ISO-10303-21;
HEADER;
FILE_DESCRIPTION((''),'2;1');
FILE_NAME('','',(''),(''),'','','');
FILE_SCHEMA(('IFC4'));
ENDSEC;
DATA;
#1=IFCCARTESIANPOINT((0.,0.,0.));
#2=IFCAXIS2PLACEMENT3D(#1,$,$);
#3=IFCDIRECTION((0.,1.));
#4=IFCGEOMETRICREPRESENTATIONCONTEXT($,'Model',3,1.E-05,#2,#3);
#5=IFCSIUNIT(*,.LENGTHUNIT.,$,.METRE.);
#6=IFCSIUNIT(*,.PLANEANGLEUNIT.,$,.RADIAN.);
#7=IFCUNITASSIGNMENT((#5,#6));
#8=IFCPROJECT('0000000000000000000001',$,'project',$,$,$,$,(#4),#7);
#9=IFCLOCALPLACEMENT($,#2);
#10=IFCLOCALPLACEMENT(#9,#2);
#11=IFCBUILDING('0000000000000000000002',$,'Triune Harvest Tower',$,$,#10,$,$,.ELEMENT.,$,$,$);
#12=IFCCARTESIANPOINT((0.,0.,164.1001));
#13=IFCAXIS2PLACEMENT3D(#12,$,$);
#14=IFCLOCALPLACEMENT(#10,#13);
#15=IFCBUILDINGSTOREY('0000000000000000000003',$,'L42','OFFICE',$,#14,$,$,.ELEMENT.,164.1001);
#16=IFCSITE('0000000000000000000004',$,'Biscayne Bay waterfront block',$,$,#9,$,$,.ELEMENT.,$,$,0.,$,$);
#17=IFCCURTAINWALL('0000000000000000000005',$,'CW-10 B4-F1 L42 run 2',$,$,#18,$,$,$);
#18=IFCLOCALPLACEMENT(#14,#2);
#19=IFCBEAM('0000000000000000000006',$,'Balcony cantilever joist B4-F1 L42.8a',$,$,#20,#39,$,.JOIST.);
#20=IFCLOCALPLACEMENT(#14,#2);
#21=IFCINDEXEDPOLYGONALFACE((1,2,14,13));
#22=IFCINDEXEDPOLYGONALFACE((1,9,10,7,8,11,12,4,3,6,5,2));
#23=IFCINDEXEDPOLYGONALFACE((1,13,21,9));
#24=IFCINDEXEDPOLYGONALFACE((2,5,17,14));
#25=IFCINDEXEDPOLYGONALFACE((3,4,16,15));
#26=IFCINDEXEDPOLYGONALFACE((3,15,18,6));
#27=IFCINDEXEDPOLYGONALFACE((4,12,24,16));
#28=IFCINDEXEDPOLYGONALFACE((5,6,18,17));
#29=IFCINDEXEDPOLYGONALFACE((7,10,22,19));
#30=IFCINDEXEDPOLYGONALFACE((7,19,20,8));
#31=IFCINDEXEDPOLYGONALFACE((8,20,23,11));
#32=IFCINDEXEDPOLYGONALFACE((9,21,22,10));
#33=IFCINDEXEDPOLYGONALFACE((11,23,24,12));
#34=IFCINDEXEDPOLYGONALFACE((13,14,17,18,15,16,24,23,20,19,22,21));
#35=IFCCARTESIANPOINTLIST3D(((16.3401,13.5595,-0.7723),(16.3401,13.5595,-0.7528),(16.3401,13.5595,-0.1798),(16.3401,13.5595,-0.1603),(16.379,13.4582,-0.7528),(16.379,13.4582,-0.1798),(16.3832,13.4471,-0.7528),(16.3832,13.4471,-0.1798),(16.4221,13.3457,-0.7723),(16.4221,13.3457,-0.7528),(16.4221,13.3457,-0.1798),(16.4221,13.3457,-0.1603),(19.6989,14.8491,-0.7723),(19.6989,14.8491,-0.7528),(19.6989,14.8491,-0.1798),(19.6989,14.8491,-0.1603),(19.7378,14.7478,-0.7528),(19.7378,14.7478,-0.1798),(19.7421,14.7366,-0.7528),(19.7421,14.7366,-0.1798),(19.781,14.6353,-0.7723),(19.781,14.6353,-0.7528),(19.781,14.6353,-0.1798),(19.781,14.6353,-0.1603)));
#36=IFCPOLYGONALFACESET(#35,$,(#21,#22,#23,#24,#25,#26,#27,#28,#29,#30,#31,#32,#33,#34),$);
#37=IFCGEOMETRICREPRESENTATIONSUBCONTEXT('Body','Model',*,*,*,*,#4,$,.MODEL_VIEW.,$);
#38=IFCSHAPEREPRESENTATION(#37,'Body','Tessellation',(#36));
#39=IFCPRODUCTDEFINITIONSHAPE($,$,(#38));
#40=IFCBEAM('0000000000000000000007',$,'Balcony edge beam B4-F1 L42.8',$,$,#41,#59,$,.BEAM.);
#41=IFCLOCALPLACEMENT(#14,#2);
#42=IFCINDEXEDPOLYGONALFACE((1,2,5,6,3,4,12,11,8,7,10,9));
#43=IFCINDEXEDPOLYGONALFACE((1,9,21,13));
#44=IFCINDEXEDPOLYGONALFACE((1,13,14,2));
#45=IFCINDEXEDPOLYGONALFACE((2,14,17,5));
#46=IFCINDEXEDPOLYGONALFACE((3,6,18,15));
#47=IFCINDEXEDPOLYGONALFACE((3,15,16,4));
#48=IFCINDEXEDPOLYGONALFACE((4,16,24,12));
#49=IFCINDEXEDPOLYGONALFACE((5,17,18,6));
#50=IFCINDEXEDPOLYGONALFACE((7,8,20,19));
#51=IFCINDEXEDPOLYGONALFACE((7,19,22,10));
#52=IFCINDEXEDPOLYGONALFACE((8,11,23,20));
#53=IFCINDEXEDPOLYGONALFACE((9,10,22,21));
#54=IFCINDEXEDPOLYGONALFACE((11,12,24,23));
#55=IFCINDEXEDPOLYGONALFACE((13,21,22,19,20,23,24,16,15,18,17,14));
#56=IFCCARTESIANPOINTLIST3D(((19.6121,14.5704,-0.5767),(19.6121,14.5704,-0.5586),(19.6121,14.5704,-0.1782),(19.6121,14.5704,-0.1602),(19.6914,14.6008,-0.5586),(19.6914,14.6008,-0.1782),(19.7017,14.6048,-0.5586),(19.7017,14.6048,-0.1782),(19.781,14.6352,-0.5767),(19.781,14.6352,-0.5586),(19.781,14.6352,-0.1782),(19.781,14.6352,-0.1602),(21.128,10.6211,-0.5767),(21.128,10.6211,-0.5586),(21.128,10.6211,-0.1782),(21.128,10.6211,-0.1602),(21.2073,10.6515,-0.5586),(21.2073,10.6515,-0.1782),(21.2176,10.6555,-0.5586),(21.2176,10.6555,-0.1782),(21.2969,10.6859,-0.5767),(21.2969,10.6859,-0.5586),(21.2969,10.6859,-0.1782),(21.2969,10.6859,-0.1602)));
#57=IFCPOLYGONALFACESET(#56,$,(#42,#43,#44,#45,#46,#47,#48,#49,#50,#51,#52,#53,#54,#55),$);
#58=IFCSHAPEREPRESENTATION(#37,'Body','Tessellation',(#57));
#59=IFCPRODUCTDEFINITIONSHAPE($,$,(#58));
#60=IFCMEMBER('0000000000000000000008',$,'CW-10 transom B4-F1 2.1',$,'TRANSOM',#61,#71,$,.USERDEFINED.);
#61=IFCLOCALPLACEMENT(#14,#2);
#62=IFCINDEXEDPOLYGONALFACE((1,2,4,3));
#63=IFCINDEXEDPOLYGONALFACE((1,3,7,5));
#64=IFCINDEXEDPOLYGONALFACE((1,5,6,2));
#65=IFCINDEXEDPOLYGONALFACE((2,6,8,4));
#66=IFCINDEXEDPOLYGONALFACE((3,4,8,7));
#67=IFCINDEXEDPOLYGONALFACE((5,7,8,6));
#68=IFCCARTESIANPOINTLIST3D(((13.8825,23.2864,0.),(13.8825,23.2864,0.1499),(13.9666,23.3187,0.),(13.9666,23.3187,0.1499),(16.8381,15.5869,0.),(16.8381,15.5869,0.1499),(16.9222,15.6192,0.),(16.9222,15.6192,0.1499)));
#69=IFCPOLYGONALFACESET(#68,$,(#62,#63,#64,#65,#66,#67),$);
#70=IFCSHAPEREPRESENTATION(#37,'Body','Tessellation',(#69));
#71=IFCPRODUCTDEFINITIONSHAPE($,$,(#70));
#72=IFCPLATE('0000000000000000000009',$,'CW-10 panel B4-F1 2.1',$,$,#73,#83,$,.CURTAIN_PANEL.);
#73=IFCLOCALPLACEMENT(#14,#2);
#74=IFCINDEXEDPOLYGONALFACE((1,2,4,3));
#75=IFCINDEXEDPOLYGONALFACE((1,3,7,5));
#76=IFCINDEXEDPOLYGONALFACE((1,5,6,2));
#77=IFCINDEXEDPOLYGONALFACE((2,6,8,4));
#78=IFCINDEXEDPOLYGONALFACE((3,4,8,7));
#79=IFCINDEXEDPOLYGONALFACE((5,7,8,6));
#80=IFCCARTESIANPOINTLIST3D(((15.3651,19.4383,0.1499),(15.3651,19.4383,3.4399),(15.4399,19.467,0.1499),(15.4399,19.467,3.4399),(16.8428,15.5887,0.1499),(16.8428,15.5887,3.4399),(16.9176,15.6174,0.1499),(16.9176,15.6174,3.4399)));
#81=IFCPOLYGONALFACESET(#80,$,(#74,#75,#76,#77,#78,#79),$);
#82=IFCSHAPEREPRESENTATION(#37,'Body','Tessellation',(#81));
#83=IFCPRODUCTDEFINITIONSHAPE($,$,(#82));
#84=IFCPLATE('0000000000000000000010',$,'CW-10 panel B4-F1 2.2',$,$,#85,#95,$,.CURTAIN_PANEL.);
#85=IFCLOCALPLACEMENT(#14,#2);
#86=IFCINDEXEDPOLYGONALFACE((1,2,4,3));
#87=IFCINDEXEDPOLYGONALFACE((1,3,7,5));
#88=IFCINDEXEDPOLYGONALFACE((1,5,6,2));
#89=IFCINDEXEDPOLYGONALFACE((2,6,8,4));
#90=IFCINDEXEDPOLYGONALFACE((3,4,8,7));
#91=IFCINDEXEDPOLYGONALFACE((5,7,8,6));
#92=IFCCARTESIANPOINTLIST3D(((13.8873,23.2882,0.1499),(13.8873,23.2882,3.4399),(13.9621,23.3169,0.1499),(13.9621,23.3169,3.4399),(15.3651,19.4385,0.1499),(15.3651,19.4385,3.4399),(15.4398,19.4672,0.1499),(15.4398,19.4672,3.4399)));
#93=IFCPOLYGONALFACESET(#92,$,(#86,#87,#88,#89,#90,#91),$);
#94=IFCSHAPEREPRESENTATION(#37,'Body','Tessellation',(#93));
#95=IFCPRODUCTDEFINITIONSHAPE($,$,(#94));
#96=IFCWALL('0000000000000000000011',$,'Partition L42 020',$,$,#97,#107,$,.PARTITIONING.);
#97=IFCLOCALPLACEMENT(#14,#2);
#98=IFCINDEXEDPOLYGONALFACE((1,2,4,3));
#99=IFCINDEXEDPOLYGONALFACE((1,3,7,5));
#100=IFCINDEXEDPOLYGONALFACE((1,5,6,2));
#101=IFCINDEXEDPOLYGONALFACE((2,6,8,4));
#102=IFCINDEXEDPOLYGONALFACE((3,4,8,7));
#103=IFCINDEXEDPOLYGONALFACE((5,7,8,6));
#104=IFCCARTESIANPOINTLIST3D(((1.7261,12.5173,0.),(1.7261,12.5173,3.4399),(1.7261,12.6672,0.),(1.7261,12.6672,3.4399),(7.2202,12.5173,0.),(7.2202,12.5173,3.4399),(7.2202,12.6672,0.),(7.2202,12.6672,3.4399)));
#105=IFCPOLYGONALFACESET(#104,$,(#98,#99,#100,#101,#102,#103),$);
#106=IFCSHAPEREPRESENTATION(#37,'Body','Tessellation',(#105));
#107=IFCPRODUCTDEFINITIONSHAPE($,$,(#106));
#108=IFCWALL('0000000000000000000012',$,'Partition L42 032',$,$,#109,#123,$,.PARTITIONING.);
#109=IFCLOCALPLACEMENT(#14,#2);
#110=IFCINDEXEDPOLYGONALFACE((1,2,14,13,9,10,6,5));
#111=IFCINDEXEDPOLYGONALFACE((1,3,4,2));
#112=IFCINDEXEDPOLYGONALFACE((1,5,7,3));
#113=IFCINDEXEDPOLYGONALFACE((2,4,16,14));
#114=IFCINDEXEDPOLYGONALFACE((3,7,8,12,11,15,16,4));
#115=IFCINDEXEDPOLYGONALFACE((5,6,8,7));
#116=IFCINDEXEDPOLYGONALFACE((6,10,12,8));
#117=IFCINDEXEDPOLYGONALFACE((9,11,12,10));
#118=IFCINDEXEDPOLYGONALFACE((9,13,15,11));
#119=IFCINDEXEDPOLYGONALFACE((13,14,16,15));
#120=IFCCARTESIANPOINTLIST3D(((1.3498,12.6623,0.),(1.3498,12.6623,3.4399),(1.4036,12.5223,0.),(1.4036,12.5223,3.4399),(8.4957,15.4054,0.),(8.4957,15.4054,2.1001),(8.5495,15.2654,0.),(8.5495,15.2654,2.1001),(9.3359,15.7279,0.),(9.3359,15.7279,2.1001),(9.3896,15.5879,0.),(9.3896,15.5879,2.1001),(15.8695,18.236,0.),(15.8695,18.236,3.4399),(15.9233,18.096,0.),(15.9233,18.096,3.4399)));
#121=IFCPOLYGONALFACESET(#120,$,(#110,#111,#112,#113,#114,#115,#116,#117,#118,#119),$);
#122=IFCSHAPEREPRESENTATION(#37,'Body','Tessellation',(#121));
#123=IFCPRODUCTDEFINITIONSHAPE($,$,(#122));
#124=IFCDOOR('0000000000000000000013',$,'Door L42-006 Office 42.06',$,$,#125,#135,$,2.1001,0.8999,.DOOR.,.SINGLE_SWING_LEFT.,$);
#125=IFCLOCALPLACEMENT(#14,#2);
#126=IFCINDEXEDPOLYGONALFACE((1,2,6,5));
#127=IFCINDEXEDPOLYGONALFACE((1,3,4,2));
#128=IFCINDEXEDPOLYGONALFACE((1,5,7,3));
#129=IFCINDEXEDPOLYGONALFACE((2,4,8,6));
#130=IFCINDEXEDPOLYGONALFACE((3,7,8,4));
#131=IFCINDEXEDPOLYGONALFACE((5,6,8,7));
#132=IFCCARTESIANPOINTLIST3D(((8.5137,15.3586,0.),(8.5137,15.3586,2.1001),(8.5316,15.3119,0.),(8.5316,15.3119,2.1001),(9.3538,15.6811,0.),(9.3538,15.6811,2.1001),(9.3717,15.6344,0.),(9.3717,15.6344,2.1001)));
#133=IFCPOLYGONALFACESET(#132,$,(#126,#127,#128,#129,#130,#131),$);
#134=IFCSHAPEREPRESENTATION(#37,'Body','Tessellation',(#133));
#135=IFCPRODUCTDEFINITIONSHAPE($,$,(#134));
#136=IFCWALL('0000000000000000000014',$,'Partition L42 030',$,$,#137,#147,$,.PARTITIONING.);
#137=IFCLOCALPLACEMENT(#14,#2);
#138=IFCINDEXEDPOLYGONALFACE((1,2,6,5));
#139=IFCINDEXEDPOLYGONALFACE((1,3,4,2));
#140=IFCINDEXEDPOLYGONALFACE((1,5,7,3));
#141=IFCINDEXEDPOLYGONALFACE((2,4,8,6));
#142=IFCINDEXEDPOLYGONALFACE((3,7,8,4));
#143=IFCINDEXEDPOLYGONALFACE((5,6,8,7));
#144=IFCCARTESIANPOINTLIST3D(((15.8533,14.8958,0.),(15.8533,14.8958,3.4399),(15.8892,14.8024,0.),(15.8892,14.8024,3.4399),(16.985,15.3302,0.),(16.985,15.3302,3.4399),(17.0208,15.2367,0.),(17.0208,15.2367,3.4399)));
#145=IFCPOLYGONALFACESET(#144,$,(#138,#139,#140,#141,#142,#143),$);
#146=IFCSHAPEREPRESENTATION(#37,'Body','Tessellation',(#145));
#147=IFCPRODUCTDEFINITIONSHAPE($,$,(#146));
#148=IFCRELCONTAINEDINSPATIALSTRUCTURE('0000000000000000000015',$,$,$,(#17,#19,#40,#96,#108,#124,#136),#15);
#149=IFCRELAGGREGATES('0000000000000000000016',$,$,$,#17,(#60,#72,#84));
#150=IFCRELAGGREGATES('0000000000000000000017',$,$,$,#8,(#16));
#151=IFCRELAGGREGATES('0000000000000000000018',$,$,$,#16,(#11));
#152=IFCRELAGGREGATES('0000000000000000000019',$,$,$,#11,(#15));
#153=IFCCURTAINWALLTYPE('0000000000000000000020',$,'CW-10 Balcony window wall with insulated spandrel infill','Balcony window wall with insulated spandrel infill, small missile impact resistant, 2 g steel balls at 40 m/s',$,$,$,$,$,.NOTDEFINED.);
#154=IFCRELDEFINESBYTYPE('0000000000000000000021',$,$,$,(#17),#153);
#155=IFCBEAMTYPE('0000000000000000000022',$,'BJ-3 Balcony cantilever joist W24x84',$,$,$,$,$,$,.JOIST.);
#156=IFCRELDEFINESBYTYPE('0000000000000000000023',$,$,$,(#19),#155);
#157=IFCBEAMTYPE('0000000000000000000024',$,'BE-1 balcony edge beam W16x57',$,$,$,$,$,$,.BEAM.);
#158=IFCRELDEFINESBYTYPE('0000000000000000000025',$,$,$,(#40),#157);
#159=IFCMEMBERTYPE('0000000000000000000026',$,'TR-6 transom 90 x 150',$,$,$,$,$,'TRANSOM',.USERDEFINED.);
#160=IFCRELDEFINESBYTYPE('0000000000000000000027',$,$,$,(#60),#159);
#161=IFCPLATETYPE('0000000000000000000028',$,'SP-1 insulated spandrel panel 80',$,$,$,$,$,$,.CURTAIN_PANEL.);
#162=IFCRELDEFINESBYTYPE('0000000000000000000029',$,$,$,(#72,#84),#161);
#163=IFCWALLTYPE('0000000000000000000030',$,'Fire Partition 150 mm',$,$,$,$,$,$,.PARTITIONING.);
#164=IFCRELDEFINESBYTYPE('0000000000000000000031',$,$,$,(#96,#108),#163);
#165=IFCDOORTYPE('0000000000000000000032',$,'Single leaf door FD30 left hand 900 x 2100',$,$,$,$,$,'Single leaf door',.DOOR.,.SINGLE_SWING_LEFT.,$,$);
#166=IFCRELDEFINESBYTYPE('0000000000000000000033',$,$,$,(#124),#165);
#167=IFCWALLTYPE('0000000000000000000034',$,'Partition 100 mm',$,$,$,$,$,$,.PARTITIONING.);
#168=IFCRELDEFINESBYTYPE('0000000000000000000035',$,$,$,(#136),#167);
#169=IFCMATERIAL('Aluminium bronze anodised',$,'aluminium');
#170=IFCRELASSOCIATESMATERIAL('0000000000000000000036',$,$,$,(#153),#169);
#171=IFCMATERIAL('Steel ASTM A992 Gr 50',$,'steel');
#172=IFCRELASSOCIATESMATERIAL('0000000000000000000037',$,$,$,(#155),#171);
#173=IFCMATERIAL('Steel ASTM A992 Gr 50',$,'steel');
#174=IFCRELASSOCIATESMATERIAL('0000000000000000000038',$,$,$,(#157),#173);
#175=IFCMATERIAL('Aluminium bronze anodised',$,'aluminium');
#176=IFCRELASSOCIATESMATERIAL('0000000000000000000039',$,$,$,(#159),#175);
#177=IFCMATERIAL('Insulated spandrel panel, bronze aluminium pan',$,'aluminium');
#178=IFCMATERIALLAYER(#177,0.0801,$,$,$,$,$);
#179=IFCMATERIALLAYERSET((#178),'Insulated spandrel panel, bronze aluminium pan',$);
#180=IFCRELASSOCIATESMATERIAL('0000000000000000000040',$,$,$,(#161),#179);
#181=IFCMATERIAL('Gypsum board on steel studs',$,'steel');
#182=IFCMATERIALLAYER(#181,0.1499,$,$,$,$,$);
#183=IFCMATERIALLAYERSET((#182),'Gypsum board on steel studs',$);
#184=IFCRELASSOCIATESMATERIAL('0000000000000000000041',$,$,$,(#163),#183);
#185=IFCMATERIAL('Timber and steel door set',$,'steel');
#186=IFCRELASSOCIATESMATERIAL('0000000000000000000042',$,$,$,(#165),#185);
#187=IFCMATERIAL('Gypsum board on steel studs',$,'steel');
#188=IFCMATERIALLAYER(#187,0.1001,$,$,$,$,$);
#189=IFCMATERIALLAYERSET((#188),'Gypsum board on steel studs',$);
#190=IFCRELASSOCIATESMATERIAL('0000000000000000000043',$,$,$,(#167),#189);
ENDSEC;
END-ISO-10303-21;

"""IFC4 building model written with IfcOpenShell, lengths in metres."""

from ifc_helpers import new_model, si_unit, direction, frame, frame_2d, origin, origin_2d, place, context, subcontext, project, spatial, rectangle, i_section, extrude, source, transform, mapped, material, layer, layer_set, material_profile, profile_set, type_object, element, fill, aggregate, save


model = new_model("IFC4")

# Units and contexts
model_context = context("Model", 3, precision=1e-05, world=origin(), true_north=direction((0.0, 1.0)))
body_context = subcontext(model_context, "Body", "Model", "MODEL_VIEW")
ifc_project = project(units=[si_unit("LENGTHUNIT", "METRE"), si_unit("PLANEANGLEUNIT", "RADIAN")], contexts=[model_context])

# Site, building, storey
site_placement = place(None, origin())
site = spatial("IfcSite", under=ifc_project, at=site_placement, Name="Biscayne Bay waterfront block", CompositionType="ELEMENT", RefElevation=0.0)
building_placement = place(site_placement, origin())
building = spatial("IfcBuilding", under=site, at=building_placement, Name="Triune Harvest Tower", CompositionType="ELEMENT")
storey_placement = place(building_placement, frame((0.0, 0.0, 164.1001)))
storey = spatial("IfcBuildingStorey", under=building, at=storey_placement, Name="L42", Description="OFFICE", CompositionType="ELEMENT", Elevation=164.1001)

# Curtain wall
ifc_material_1 = material(Name="Aluminium bronze anodised", Category="aluminium")
curtain_wall_type = type_object("IfcCurtainWallType", Name="CW-10 Balcony window wall with insulated spandrel infill", Description="Balcony window wall with insulated spandrel infill, small missile impact resistant, 2 g steel balls at 40 m/s", PredefinedType="NOTDEFINED", material=ifc_material_1)
curtain_wall_placement = place(storey_placement, origin())
curtain_wall = element("IfcCurtainWall", 1, at=curtain_wall_placement, inside=storey, type_object=curtain_wall_type, Name="CW-10 B4-F1 L42 run 2")

# Beams
ifc_material_2 = material(Name="Steel ASTM A992 Gr 50", Category="steel")
ifc_material_profile_1 = material_profile(ifc_material_2, i_section(OverallWidth=0.229, OverallDepth=0.6121, WebThickness=0.012, FlangeThickness=0.0195, at=origin_2d()), Name="W24x84")
ifc_profile_set_1 = profile_set([ifc_material_profile_1], Name="Steel ASTM A992 Gr 50")
beam_type_1 = type_object("IfcBeamType", Name="BJ-3 Balcony cantilever joist W24x84", PredefinedType="JOIST", material=ifc_profile_set_1)
shared_shape_1 = source(origin(), body_context, "Body", "SweptSolid", [
    extrude(i_section(OverallWidth=0.229, OverallDepth=0.6121, WebThickness=0.012, FlangeThickness=0.0195, at=origin_2d()), origin(), (0.0, 0.0, 1.0), 3.5979),
])
beam_1_placement = place(storey_placement, frame((16.3811, 13.4526, -0.4663), z_axis=(0.933562, 0.358415, 0.0), x_axis=(-0.358415, 0.933562, 0.0)))
element("IfcBeam", 2, at=beam_1_placement, inside=storey, type_object=beam_type_1, Name="Balcony cantilever joist B4-F1 L42.8a", PredefinedType="JOIST", context=body_context, shape_type="MappedRepresentation", body=[
    mapped(shared_shape_1, transform((0.0, 0.0, 0.0), scale=1.0)),
])
ifc_material_3 = material(Name="Steel ASTM A992 Gr 50", Category="steel")
ifc_material_profile_2 = material_profile(ifc_material_3, i_section(OverallWidth=0.1809, OverallDepth=0.4165, WebThickness=0.011, FlangeThickness=0.0181, at=origin_2d()), Name="W16x57")
ifc_profile_set_2 = profile_set([ifc_material_profile_2], Name="Steel ASTM A992 Gr 50")
beam_type_2 = type_object("IfcBeamType", Name="BE-1 balcony edge beam W16x57", PredefinedType="BEAM", material=ifc_profile_set_2)
shared_shape_2 = source(origin(), body_context, "Body", "SweptSolid", [
    extrude(i_section(OverallWidth=0.1809, OverallDepth=0.4165, WebThickness=0.011, FlangeThickness=0.0181, at=origin_2d()), origin(), (0.0, 0.0, 1.0), 4.2302),
])
beam_2_placement = place(storey_placement, frame((19.6965, 14.6028, -0.3684), z_axis=(0.358349, -0.933588, 0.0), x_axis=(0.933588, 0.358349, 0.0)))
element("IfcBeam", 3, at=beam_2_placement, inside=storey, type_object=beam_type_2, Name="Balcony edge beam B4-F1 L42.8", PredefinedType="BEAM", context=body_context, shape_type="MappedRepresentation", body=[
    mapped(shared_shape_2, transform((0.0, 0.0, 0.0), scale=1.0)),
])

# Member
ifc_material_4 = material(Name="Aluminium bronze anodised", Category="aluminium")
ifc_material_profile_3 = material_profile(ifc_material_4, rectangle(XDim=0.0901, YDim=0.1499, at=origin_2d()), Name="TR-6 transom 90 x 150")
ifc_profile_set_3 = profile_set([ifc_material_profile_3], Name="Aluminium bronze anodised")
member_type_1 = type_object("IfcMemberType", Name="TR-6 transom 90 x 150", ElementType="TRANSOM", PredefinedType="USERDEFINED", material=ifc_profile_set_3)
shared_shape_3 = source(origin(), body_context, "Body", "SweptSolid", [
    extrude(rectangle(XDim=0.0901, YDim=0.1499, at=origin_2d()), origin(), (0.0, 0.0, 1.0), 8.2473),
])
member_1_placement = place(storey_placement, frame((16.8801, 15.603, 0.075), z_axis=(-0.35837, 0.93358, 0.0), x_axis=(-0.93358, -0.35837, 0.0)))
member_1 = element("IfcMember", 4, at=member_1_placement, type_object=member_type_1, Name="CW-10 transom B4-F1 2.1", ObjectType="TRANSOM", PredefinedType="USERDEFINED", context=body_context, shape_type="MappedRepresentation", body=[
    mapped(shared_shape_3, transform((0.0, 0.0, 0.0), scale=1.0)),
])

# Plates
ifc_material_5 = material(Name="Insulated spandrel panel, bronze aluminium pan", Category="aluminium")
ifc_layer_1 = layer(ifc_material_5, 0.0801)
ifc_layer_set_1 = layer_set([ifc_layer_1], Name="Insulated spandrel panel, bronze aluminium pan")
plate_type = type_object("IfcPlateType", Name="SP-1 insulated spandrel panel 80", PredefinedType="CURTAIN_PANEL", material=ifc_layer_set_1)
shared_shape_4 = source(origin(), body_context, "Body", "SweptSolid", [
    extrude(rectangle(XDim=4.1235, YDim=0.0801, at=origin_2d()), origin(), (0.0, 0.0, 1.0), 3.29),
])
plate_1_placement = place(storey_placement, frame((16.1414, 17.5278, 0.1499), z_axis=(0.0, 0.0, 1.0), x_axis=(-0.358365, 0.933582, 0.0)))
plate_1 = element("IfcPlate", 5, at=plate_1_placement, type_object=plate_type, Name="CW-10 panel B4-F1 2.1", PredefinedType="CURTAIN_PANEL", context=body_context, shape_type="MappedRepresentation", body=[
    mapped(shared_shape_4, transform((0.0, 0.0, 0.0), scale=1.0)),
])
plate_2_placement = place(storey_placement, frame((14.6636, 21.3777, 0.1499), z_axis=(0.0, 0.0, 1.0), x_axis=(-0.358365, 0.933582, 0.0)))
plate_2 = element("IfcPlate", 6, at=plate_2_placement, type_object=plate_type, Name="CW-10 panel B4-F1 2.2", PredefinedType="CURTAIN_PANEL", context=body_context, shape_type="MappedRepresentation", body=[
    mapped(shared_shape_4, transform((0.0, 0.0, 0.0), scale=1.0)),
])
aggregate(curtain_wall, [member_1, plate_1, plate_2])

# Wall
ifc_material_6 = material(Name="Gypsum board on steel studs", Category="steel")
ifc_layer_2 = layer(ifc_material_6, 0.1499)
ifc_layer_set_2 = layer_set([ifc_layer_2], Name="Gypsum board on steel studs")
wall_type_1 = type_object("IfcWallType", Name="Fire Partition 150 mm", PredefinedType="PARTITIONING", material=ifc_layer_set_2)
wall_1_placement = place(storey_placement, frame((1.7261, 12.5923, 0.0), z_axis=(0.0, 0.0, 1.0), x_axis=(1.0, 0.0, 0.0)))
element("IfcWall", 7, at=wall_1_placement, inside=storey, type_object=wall_type_1, Name="Partition L42 020", PredefinedType="PARTITIONING", context=body_context, shape_type="SweptSolid", body=[
    extrude(rectangle(XDim=5.4941, YDim=0.1499, at=frame_2d((2.7471, 0.0))), origin(), (0.0, 0.0, 1.0), 3.4399),
])

# Wall, opening, door
wall_2_placement = place(storey_placement, frame((1.3767, 12.5923, 0.0), z_axis=(0.0, 0.0, 1.0), x_axis=(0.933578, 0.358374, 0.0)))
wall_2 = element("IfcWall", 8, at=wall_2_placement, inside=storey, type_object=wall_type_1, Name="Partition L42 032", PredefinedType="PARTITIONING", context=body_context, shape_type="SweptSolid", body=[
    extrude(rectangle(XDim=15.5527, YDim=0.1499, at=frame_2d((7.7764, 0.0))), origin(), (0.0, 0.0, 1.0), 3.4399),
])
opening_1_placement = place(wall_2_placement, frame((7.6543, 0.0, 0.0)))
opening_1 = element("IfcOpeningElement", 9, at=opening_1_placement, cuts=wall_2, PredefinedType="OPENING", context=body_context, shape_type="SweptSolid", body=[
    extrude(rectangle(XDim=0.8999, YDim=2.1001, at=frame_2d((0.45, 1.05))), frame((0.0, 0.085, 0.0), z_axis=(0.0, -1.0, 0.0), x_axis=(1.0, 0.0, 0.0)), (0.0, 0.0, 1.0), 0.1699),
])
ifc_material_7 = material(Name="Timber and steel door set", Category="steel")
door_type_1 = type_object("IfcDoorType", Name="Single leaf door FD30 left hand 900 x 2100", ElementType="Single leaf door", OperationType="SINGLE_SWING_LEFT", PredefinedType="DOOR", material=ifc_material_7)
door_1_placement = place(opening_1_placement, origin())
door_1 = element("IfcDoor", 10, at=door_1_placement, inside=storey, type_object=door_type_1, Name="Door L42-006 Office 42.06", OperationType="SINGLE_SWING_LEFT", OverallHeight=2.1001, OverallWidth=0.8999, PredefinedType="DOOR", context=body_context, shape_type="SweptSolid", body=[
    extrude(rectangle(XDim=0.8999, YDim=2.1001, at=frame_2d((0.45, 1.05))), frame((0.0, 0.0249, 0.0), z_axis=(0.0, -1.0, 0.0), x_axis=(1.0, 0.0, 0.0)), (0.0, 0.0, 1.0), 0.05),
])
fill(opening_1, door_1)

# Wall
ifc_material_8 = material(Name="Gypsum board on steel studs", Category="steel")
ifc_layer_3 = layer(ifc_material_8, 0.1001)
ifc_layer_set_3 = layer_set([ifc_layer_3], Name="Gypsum board on steel studs")
wall_type_2 = type_object("IfcWallType", Name="Partition 100 mm", PredefinedType="PARTITIONING", material=ifc_layer_set_3)
shared_shape_5 = source(origin(), body_context, "Body", "SweptSolid", [
    extrude(rectangle(XDim=1.2122, YDim=0.1001, at=frame_2d((0.606, 0.0))), origin(), (0.0, 0.0, 1.0), 3.4399),
])
wall_3_placement = place(storey_placement, frame((15.8713, 14.8491, 0.0), z_axis=(0.0, 0.0, 1.0), x_axis=(0.933595, 0.358331, 0.0)))
element("IfcWall", 11, at=wall_3_placement, inside=storey, type_object=wall_type_2, Name="Partition L42 030", PredefinedType="PARTITIONING", context=body_context, shape_type="MappedRepresentation", body=[
    mapped(shared_shape_5, transform((0.0, 0.0, 0.0), scale=1.0)),
])

save(model, "model.ifc")
